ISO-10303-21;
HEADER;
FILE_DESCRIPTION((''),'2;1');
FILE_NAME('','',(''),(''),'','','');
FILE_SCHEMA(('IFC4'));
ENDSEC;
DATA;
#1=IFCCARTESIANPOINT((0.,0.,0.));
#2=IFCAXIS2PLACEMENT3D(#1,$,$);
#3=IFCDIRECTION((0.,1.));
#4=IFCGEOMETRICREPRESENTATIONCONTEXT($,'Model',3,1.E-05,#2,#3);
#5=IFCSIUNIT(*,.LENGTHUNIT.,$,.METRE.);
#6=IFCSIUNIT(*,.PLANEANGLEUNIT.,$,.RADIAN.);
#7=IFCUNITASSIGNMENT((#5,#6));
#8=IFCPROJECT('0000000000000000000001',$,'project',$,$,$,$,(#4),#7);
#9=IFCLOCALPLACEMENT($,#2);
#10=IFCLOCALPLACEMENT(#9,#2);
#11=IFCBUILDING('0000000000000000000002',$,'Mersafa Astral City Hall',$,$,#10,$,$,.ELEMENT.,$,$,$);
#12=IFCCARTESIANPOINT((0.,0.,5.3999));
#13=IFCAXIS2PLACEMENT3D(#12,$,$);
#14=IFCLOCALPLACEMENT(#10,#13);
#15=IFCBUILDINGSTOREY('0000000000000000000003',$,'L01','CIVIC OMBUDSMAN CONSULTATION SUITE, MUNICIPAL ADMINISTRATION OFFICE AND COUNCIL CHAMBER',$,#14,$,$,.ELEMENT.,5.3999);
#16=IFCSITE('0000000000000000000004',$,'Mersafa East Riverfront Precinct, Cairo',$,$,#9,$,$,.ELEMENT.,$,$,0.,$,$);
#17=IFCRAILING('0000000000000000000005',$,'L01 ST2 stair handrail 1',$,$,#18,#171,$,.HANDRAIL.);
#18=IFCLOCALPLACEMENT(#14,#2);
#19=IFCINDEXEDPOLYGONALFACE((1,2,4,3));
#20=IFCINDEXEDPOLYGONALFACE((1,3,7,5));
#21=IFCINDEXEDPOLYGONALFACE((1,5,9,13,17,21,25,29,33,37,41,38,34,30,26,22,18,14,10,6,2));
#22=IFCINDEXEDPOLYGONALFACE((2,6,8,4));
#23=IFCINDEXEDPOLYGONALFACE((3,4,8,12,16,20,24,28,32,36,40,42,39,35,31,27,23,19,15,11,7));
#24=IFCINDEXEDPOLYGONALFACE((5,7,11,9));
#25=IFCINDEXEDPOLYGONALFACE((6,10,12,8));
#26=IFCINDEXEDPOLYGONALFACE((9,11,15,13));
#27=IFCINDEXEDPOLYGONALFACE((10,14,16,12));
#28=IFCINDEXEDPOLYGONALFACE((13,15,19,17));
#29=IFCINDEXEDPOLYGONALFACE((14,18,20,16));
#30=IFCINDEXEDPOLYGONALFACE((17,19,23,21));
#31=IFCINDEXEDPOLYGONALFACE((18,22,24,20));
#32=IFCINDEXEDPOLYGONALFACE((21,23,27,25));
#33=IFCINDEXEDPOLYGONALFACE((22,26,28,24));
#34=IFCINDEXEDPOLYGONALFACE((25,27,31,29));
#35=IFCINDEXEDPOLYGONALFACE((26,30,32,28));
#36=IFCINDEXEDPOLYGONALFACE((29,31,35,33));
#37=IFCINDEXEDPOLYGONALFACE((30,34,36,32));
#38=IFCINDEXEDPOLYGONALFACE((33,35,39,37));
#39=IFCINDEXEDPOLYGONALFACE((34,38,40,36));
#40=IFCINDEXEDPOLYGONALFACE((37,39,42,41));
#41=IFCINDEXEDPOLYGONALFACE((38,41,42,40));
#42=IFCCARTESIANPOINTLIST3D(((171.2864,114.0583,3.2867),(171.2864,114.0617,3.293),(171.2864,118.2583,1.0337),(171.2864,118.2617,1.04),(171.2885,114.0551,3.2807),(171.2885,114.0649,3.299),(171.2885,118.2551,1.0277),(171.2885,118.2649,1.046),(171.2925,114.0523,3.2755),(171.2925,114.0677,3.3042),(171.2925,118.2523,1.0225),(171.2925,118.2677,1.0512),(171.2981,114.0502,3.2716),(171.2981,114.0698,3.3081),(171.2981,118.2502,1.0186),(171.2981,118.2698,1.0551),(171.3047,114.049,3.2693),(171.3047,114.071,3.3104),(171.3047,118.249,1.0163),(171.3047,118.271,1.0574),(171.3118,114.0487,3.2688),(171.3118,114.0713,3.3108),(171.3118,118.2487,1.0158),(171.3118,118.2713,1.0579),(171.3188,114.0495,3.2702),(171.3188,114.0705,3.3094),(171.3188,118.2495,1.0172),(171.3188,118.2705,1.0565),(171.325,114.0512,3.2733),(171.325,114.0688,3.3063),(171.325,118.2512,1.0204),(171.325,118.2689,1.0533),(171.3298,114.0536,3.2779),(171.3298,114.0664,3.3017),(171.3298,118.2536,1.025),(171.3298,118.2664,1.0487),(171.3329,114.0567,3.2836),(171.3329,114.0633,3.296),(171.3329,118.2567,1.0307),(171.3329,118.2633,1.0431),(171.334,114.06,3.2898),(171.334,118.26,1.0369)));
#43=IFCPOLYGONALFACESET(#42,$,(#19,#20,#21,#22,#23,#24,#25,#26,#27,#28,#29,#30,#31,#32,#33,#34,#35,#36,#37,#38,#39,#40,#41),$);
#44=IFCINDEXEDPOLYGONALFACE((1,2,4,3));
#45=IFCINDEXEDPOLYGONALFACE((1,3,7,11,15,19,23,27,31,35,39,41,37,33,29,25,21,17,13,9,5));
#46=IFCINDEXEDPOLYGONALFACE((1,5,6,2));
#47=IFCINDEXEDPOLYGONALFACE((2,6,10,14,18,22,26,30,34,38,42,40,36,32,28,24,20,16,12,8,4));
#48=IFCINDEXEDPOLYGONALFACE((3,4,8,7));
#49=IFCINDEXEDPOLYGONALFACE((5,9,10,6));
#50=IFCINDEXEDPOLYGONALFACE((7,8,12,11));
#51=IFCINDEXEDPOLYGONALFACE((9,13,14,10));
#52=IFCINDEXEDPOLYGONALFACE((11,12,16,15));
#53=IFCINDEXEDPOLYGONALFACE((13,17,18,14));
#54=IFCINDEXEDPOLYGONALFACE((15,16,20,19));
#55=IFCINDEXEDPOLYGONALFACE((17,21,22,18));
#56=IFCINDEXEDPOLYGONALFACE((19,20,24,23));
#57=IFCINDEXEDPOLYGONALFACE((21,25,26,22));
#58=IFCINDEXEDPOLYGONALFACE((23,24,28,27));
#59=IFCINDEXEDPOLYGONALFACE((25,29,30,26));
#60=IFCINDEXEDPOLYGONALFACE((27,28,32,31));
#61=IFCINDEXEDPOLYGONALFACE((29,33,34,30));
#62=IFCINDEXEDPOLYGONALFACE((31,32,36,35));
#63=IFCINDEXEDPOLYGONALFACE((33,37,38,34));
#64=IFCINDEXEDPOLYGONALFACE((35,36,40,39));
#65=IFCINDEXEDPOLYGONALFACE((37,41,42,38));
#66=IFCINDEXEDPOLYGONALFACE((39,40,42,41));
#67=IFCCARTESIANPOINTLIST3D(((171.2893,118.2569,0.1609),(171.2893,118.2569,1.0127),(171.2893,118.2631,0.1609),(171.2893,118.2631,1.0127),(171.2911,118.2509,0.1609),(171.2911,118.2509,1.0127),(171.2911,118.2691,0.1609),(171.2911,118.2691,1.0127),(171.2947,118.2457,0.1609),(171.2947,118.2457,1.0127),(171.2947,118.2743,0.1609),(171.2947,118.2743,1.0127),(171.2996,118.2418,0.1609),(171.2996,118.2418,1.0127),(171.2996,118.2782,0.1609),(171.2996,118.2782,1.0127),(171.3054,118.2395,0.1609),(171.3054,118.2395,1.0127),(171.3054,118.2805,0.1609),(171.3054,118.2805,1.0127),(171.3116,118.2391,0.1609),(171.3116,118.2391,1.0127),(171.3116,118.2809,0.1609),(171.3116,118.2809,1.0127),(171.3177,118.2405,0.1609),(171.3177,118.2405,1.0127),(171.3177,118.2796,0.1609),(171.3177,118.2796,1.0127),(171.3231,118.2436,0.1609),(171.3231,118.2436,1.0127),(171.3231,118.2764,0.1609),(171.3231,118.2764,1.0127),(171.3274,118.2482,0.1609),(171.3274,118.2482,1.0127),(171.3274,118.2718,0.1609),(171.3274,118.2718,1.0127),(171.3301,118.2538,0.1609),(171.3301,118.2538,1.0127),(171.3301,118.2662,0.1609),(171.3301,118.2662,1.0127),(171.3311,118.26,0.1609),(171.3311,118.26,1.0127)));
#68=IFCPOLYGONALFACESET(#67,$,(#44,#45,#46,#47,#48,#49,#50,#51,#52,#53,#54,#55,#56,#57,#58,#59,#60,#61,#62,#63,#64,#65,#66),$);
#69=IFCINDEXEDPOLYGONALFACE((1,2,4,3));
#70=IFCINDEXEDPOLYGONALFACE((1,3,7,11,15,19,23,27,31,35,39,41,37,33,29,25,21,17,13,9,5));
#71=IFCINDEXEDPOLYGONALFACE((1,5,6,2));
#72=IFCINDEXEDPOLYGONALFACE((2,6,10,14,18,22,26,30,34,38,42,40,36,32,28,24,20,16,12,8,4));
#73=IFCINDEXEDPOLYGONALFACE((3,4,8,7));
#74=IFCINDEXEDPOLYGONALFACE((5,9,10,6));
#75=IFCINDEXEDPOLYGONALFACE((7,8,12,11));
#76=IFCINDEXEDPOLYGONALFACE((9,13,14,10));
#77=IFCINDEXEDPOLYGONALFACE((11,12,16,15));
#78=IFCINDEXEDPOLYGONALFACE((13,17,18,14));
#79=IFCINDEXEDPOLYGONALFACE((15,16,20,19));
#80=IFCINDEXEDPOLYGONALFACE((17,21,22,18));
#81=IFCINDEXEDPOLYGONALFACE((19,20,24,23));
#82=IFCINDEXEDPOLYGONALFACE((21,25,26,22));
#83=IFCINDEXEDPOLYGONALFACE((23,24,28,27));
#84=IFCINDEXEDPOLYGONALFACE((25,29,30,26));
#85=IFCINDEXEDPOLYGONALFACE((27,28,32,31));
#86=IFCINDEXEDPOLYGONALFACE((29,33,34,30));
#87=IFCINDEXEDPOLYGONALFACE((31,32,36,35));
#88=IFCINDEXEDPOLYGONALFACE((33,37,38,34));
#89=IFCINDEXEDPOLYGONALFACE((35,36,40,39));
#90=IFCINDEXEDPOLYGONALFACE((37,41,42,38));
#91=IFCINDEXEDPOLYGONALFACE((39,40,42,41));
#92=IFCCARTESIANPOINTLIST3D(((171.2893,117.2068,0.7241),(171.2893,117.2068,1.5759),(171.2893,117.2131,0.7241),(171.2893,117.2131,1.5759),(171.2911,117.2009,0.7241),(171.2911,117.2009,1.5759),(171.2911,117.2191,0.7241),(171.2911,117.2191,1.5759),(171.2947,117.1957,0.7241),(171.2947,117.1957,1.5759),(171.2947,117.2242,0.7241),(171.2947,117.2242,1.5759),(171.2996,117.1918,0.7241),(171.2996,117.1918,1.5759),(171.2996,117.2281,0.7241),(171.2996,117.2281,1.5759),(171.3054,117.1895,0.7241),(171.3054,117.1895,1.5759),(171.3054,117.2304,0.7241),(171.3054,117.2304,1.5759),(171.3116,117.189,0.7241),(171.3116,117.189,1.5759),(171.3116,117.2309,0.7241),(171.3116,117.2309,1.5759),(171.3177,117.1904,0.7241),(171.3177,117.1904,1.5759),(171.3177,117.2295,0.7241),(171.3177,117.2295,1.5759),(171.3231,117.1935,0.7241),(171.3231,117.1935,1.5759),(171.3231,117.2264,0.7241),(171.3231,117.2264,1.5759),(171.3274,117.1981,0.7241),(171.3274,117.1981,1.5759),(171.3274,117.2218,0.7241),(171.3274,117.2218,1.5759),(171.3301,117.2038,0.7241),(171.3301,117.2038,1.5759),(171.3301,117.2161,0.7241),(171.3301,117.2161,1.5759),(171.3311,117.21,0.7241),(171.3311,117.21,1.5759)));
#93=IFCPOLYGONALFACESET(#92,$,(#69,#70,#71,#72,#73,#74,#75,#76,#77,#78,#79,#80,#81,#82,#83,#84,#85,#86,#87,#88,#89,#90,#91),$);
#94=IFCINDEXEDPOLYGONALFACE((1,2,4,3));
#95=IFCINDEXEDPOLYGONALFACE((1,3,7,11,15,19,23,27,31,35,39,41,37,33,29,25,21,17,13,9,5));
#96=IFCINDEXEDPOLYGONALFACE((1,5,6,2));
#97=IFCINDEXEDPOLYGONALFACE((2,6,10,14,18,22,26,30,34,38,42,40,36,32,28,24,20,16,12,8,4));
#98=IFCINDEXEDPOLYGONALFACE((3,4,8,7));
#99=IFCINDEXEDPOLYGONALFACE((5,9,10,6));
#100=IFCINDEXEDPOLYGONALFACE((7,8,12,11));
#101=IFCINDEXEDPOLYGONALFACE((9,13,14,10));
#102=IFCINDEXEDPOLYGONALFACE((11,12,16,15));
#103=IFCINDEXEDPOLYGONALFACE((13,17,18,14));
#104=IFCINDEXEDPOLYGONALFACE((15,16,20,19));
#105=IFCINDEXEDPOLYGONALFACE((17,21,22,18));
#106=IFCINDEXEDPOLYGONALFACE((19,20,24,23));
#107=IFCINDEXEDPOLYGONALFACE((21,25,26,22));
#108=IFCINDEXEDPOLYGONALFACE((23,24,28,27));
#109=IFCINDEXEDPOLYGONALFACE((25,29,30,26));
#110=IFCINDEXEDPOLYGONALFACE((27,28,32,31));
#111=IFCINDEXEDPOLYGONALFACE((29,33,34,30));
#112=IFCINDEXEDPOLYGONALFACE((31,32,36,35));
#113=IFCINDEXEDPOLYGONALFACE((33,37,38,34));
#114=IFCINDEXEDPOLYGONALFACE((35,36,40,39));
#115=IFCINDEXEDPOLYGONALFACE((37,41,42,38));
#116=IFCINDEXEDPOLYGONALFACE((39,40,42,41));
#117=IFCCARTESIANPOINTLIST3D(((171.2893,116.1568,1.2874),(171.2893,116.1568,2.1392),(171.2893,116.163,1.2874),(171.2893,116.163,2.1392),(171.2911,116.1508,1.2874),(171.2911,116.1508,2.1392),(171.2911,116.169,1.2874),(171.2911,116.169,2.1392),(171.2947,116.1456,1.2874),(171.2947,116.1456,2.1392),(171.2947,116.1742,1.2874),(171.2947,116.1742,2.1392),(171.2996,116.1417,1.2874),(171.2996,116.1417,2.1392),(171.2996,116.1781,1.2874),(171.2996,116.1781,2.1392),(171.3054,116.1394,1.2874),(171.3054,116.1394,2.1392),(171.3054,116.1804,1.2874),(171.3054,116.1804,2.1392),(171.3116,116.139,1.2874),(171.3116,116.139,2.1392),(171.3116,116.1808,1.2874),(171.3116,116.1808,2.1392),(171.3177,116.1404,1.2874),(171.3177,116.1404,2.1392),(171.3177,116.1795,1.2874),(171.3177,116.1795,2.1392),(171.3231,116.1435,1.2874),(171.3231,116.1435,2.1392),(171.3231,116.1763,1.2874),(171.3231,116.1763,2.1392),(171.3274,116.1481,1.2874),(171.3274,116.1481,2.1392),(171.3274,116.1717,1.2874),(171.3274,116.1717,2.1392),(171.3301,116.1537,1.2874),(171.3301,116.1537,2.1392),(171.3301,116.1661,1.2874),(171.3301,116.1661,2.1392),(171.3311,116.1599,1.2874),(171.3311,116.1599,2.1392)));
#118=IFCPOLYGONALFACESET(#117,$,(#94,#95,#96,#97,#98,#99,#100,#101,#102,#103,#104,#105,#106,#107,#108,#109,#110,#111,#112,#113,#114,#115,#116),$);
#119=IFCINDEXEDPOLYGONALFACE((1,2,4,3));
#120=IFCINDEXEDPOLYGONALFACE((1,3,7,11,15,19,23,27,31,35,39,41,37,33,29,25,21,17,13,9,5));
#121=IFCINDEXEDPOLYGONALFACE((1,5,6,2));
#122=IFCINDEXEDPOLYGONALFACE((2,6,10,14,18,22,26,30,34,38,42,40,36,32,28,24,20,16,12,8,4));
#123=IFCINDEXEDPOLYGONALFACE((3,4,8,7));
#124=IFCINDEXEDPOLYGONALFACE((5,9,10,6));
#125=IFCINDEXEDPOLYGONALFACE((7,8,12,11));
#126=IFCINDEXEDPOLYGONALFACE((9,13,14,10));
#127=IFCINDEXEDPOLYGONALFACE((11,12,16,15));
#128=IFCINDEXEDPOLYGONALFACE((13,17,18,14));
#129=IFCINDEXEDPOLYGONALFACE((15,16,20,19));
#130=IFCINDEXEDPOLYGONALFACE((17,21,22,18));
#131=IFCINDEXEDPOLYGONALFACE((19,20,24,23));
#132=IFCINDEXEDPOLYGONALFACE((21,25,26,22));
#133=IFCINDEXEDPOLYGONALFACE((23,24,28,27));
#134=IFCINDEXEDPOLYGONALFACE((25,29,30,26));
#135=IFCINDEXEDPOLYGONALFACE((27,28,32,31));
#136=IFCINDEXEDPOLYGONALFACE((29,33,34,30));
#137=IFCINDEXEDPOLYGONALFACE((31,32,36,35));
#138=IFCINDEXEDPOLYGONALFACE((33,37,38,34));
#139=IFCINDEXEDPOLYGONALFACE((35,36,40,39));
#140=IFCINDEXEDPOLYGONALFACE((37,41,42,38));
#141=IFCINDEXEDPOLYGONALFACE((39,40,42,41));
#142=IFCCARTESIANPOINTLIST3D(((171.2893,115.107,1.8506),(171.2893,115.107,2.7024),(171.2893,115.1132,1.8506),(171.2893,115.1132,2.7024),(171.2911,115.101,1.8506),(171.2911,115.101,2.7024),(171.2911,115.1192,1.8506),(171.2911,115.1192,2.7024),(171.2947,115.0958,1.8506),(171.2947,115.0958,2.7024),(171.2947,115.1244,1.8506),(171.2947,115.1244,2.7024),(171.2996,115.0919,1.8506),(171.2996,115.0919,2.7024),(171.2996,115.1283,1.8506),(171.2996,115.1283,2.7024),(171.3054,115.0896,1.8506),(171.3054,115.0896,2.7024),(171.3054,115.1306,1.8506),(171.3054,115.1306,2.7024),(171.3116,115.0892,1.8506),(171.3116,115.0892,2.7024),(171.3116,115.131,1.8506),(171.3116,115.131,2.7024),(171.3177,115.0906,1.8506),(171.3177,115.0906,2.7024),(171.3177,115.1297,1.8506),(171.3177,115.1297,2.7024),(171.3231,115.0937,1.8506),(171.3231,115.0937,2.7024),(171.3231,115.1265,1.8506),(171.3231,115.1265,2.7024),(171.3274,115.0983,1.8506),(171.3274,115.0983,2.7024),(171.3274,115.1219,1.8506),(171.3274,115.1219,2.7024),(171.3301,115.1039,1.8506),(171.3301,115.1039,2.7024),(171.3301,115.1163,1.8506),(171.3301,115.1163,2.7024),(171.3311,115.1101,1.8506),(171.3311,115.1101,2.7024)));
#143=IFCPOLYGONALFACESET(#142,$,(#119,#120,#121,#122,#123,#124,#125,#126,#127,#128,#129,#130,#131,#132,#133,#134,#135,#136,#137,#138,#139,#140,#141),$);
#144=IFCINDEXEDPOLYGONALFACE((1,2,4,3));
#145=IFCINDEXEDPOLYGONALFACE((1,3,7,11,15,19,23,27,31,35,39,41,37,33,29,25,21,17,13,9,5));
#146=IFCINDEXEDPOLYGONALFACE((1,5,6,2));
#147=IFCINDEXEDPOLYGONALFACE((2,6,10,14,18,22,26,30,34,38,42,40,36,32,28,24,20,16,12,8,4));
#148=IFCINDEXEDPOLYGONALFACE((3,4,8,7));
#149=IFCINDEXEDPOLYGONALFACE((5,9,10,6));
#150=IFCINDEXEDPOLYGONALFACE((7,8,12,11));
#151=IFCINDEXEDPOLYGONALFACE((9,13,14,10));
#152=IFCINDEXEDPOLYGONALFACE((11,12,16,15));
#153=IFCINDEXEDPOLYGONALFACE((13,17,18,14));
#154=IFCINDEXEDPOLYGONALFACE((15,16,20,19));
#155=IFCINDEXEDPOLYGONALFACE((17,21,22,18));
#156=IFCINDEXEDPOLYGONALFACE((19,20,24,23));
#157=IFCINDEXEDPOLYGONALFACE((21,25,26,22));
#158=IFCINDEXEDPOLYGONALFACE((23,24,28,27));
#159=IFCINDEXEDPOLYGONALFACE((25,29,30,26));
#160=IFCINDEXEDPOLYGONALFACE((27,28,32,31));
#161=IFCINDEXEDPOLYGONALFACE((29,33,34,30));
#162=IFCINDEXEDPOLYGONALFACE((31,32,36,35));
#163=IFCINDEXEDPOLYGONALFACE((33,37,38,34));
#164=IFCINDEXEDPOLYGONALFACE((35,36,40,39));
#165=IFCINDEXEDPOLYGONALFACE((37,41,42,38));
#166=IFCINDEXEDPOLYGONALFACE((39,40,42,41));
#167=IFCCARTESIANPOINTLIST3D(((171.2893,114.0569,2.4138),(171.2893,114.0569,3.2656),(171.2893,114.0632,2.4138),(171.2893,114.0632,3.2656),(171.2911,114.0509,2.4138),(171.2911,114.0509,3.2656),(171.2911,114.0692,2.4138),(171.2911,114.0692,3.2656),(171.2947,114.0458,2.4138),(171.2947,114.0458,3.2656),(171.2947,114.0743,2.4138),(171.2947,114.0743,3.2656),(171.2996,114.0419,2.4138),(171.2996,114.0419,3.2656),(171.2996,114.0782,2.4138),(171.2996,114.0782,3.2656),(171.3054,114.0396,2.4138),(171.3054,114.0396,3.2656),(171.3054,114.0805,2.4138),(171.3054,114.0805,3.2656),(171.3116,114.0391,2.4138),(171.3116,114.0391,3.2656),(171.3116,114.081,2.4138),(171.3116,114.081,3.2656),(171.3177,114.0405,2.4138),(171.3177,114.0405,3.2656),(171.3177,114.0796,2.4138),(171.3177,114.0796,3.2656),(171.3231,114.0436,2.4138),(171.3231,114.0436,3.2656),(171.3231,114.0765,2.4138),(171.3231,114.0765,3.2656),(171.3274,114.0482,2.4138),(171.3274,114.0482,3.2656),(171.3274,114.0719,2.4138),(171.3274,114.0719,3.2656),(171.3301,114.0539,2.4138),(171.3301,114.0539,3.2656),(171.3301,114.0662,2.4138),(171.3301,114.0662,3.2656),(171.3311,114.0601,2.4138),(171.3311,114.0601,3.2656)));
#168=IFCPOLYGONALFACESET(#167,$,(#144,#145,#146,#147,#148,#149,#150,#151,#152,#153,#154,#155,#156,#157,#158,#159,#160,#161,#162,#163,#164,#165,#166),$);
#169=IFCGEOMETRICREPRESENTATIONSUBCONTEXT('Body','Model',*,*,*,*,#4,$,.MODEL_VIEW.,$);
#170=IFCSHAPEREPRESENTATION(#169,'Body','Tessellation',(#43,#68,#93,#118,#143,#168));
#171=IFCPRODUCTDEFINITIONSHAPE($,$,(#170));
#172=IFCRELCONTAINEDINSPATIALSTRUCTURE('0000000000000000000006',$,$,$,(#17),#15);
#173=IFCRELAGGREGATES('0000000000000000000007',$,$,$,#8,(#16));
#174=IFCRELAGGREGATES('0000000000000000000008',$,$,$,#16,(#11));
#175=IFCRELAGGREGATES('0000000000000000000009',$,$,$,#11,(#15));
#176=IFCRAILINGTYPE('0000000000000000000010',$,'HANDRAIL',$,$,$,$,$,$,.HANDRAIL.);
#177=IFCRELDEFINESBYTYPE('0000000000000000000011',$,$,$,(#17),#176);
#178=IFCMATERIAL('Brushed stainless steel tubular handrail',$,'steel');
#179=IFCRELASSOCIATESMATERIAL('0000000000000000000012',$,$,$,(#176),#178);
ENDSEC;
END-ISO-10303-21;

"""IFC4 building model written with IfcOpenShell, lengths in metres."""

from ifc_helpers import new_model, si_unit, direction, frame, origin, origin_2d, place, context, subcontext, project, spatial, circle, extrude, material, type_object, element, save


model = new_model("IFC4")

# Units and contexts
model_context = context("Model", 3, precision=1e-05, world=origin(), true_north=direction((0.0, 1.0)))
body_context = subcontext(model_context, "Body", "Model", "MODEL_VIEW")
ifc_project = project(units=[si_unit("LENGTHUNIT", "METRE"), si_unit("PLANEANGLEUNIT", "RADIAN")], contexts=[model_context])

# Site, building, storey
site_placement = place(None, origin())
site = spatial("IfcSite", under=ifc_project, at=site_placement, Name="Mersafa East Riverfront Precinct, Cairo", CompositionType="ELEMENT", RefElevation=0.0)
building_placement = place(site_placement, origin())
building = spatial("IfcBuilding", under=site, at=building_placement, Name="Mersafa Astral City Hall", CompositionType="ELEMENT")
storey_placement = place(building_placement, frame((0.0, 0.0, 5.3999)))
storey = spatial("IfcBuildingStorey", under=building, at=storey_placement, Name="L01", Description="CIVIC OMBUDSMAN CONSULTATION SUITE, MUNICIPAL ADMINISTRATION OFFICE AND COUNCIL CHAMBER", CompositionType="ELEMENT", Elevation=5.3999)

# Railing
ifc_material_1 = material(Name="Brushed stainless steel tubular handrail", Category="steel")
railing_type_1 = type_object("IfcRailingType", Name="HANDRAIL", PredefinedType="HANDRAIL", material=ifc_material_1)
railing_1_placement = place(storey_placement, frame((171.3101, 118.26, 0.1609)))
element("IfcRailing", 1, at=railing_1_placement, inside=storey, type_object=railing_type_1, Name="L01 ST2 stair handrail 1", PredefinedType="HANDRAIL", context=body_context, shape_type="SweptSolid", body=[
    extrude(circle(Radius=0.0239, at=origin_2d()), frame((0.0, 0.0, 0.876), z_axis=(0.0, -0.881222, 0.472703), x_axis=(1.0, 0.0, 0.0)), (0.0, 0.0, 1.0), 4.7661),
    extrude(circle(Radius=0.021, at=origin_2d()), origin(), (0.0, 0.0, 1.0), 0.8518),
    extrude(circle(Radius=0.021, at=origin_2d()), frame((0.0, -1.05, 0.5632)), (0.0, 0.0, 1.0), 0.8518),
    extrude(circle(Radius=0.021, at=origin_2d()), frame((0.0, -2.1001, 1.1265)), (0.0, 0.0, 1.0), 0.8518),
    extrude(circle(Radius=0.021, at=origin_2d()), frame((0.0, -3.1499, 1.6897)), (0.0, 0.0, 1.0), 0.8518),
    extrude(circle(Radius=0.021, at=origin_2d()), frame((0.0, -4.2, 2.2529)), (0.0, 0.0, 1.0), 0.8518),
])

save(model, "model.ifc")
